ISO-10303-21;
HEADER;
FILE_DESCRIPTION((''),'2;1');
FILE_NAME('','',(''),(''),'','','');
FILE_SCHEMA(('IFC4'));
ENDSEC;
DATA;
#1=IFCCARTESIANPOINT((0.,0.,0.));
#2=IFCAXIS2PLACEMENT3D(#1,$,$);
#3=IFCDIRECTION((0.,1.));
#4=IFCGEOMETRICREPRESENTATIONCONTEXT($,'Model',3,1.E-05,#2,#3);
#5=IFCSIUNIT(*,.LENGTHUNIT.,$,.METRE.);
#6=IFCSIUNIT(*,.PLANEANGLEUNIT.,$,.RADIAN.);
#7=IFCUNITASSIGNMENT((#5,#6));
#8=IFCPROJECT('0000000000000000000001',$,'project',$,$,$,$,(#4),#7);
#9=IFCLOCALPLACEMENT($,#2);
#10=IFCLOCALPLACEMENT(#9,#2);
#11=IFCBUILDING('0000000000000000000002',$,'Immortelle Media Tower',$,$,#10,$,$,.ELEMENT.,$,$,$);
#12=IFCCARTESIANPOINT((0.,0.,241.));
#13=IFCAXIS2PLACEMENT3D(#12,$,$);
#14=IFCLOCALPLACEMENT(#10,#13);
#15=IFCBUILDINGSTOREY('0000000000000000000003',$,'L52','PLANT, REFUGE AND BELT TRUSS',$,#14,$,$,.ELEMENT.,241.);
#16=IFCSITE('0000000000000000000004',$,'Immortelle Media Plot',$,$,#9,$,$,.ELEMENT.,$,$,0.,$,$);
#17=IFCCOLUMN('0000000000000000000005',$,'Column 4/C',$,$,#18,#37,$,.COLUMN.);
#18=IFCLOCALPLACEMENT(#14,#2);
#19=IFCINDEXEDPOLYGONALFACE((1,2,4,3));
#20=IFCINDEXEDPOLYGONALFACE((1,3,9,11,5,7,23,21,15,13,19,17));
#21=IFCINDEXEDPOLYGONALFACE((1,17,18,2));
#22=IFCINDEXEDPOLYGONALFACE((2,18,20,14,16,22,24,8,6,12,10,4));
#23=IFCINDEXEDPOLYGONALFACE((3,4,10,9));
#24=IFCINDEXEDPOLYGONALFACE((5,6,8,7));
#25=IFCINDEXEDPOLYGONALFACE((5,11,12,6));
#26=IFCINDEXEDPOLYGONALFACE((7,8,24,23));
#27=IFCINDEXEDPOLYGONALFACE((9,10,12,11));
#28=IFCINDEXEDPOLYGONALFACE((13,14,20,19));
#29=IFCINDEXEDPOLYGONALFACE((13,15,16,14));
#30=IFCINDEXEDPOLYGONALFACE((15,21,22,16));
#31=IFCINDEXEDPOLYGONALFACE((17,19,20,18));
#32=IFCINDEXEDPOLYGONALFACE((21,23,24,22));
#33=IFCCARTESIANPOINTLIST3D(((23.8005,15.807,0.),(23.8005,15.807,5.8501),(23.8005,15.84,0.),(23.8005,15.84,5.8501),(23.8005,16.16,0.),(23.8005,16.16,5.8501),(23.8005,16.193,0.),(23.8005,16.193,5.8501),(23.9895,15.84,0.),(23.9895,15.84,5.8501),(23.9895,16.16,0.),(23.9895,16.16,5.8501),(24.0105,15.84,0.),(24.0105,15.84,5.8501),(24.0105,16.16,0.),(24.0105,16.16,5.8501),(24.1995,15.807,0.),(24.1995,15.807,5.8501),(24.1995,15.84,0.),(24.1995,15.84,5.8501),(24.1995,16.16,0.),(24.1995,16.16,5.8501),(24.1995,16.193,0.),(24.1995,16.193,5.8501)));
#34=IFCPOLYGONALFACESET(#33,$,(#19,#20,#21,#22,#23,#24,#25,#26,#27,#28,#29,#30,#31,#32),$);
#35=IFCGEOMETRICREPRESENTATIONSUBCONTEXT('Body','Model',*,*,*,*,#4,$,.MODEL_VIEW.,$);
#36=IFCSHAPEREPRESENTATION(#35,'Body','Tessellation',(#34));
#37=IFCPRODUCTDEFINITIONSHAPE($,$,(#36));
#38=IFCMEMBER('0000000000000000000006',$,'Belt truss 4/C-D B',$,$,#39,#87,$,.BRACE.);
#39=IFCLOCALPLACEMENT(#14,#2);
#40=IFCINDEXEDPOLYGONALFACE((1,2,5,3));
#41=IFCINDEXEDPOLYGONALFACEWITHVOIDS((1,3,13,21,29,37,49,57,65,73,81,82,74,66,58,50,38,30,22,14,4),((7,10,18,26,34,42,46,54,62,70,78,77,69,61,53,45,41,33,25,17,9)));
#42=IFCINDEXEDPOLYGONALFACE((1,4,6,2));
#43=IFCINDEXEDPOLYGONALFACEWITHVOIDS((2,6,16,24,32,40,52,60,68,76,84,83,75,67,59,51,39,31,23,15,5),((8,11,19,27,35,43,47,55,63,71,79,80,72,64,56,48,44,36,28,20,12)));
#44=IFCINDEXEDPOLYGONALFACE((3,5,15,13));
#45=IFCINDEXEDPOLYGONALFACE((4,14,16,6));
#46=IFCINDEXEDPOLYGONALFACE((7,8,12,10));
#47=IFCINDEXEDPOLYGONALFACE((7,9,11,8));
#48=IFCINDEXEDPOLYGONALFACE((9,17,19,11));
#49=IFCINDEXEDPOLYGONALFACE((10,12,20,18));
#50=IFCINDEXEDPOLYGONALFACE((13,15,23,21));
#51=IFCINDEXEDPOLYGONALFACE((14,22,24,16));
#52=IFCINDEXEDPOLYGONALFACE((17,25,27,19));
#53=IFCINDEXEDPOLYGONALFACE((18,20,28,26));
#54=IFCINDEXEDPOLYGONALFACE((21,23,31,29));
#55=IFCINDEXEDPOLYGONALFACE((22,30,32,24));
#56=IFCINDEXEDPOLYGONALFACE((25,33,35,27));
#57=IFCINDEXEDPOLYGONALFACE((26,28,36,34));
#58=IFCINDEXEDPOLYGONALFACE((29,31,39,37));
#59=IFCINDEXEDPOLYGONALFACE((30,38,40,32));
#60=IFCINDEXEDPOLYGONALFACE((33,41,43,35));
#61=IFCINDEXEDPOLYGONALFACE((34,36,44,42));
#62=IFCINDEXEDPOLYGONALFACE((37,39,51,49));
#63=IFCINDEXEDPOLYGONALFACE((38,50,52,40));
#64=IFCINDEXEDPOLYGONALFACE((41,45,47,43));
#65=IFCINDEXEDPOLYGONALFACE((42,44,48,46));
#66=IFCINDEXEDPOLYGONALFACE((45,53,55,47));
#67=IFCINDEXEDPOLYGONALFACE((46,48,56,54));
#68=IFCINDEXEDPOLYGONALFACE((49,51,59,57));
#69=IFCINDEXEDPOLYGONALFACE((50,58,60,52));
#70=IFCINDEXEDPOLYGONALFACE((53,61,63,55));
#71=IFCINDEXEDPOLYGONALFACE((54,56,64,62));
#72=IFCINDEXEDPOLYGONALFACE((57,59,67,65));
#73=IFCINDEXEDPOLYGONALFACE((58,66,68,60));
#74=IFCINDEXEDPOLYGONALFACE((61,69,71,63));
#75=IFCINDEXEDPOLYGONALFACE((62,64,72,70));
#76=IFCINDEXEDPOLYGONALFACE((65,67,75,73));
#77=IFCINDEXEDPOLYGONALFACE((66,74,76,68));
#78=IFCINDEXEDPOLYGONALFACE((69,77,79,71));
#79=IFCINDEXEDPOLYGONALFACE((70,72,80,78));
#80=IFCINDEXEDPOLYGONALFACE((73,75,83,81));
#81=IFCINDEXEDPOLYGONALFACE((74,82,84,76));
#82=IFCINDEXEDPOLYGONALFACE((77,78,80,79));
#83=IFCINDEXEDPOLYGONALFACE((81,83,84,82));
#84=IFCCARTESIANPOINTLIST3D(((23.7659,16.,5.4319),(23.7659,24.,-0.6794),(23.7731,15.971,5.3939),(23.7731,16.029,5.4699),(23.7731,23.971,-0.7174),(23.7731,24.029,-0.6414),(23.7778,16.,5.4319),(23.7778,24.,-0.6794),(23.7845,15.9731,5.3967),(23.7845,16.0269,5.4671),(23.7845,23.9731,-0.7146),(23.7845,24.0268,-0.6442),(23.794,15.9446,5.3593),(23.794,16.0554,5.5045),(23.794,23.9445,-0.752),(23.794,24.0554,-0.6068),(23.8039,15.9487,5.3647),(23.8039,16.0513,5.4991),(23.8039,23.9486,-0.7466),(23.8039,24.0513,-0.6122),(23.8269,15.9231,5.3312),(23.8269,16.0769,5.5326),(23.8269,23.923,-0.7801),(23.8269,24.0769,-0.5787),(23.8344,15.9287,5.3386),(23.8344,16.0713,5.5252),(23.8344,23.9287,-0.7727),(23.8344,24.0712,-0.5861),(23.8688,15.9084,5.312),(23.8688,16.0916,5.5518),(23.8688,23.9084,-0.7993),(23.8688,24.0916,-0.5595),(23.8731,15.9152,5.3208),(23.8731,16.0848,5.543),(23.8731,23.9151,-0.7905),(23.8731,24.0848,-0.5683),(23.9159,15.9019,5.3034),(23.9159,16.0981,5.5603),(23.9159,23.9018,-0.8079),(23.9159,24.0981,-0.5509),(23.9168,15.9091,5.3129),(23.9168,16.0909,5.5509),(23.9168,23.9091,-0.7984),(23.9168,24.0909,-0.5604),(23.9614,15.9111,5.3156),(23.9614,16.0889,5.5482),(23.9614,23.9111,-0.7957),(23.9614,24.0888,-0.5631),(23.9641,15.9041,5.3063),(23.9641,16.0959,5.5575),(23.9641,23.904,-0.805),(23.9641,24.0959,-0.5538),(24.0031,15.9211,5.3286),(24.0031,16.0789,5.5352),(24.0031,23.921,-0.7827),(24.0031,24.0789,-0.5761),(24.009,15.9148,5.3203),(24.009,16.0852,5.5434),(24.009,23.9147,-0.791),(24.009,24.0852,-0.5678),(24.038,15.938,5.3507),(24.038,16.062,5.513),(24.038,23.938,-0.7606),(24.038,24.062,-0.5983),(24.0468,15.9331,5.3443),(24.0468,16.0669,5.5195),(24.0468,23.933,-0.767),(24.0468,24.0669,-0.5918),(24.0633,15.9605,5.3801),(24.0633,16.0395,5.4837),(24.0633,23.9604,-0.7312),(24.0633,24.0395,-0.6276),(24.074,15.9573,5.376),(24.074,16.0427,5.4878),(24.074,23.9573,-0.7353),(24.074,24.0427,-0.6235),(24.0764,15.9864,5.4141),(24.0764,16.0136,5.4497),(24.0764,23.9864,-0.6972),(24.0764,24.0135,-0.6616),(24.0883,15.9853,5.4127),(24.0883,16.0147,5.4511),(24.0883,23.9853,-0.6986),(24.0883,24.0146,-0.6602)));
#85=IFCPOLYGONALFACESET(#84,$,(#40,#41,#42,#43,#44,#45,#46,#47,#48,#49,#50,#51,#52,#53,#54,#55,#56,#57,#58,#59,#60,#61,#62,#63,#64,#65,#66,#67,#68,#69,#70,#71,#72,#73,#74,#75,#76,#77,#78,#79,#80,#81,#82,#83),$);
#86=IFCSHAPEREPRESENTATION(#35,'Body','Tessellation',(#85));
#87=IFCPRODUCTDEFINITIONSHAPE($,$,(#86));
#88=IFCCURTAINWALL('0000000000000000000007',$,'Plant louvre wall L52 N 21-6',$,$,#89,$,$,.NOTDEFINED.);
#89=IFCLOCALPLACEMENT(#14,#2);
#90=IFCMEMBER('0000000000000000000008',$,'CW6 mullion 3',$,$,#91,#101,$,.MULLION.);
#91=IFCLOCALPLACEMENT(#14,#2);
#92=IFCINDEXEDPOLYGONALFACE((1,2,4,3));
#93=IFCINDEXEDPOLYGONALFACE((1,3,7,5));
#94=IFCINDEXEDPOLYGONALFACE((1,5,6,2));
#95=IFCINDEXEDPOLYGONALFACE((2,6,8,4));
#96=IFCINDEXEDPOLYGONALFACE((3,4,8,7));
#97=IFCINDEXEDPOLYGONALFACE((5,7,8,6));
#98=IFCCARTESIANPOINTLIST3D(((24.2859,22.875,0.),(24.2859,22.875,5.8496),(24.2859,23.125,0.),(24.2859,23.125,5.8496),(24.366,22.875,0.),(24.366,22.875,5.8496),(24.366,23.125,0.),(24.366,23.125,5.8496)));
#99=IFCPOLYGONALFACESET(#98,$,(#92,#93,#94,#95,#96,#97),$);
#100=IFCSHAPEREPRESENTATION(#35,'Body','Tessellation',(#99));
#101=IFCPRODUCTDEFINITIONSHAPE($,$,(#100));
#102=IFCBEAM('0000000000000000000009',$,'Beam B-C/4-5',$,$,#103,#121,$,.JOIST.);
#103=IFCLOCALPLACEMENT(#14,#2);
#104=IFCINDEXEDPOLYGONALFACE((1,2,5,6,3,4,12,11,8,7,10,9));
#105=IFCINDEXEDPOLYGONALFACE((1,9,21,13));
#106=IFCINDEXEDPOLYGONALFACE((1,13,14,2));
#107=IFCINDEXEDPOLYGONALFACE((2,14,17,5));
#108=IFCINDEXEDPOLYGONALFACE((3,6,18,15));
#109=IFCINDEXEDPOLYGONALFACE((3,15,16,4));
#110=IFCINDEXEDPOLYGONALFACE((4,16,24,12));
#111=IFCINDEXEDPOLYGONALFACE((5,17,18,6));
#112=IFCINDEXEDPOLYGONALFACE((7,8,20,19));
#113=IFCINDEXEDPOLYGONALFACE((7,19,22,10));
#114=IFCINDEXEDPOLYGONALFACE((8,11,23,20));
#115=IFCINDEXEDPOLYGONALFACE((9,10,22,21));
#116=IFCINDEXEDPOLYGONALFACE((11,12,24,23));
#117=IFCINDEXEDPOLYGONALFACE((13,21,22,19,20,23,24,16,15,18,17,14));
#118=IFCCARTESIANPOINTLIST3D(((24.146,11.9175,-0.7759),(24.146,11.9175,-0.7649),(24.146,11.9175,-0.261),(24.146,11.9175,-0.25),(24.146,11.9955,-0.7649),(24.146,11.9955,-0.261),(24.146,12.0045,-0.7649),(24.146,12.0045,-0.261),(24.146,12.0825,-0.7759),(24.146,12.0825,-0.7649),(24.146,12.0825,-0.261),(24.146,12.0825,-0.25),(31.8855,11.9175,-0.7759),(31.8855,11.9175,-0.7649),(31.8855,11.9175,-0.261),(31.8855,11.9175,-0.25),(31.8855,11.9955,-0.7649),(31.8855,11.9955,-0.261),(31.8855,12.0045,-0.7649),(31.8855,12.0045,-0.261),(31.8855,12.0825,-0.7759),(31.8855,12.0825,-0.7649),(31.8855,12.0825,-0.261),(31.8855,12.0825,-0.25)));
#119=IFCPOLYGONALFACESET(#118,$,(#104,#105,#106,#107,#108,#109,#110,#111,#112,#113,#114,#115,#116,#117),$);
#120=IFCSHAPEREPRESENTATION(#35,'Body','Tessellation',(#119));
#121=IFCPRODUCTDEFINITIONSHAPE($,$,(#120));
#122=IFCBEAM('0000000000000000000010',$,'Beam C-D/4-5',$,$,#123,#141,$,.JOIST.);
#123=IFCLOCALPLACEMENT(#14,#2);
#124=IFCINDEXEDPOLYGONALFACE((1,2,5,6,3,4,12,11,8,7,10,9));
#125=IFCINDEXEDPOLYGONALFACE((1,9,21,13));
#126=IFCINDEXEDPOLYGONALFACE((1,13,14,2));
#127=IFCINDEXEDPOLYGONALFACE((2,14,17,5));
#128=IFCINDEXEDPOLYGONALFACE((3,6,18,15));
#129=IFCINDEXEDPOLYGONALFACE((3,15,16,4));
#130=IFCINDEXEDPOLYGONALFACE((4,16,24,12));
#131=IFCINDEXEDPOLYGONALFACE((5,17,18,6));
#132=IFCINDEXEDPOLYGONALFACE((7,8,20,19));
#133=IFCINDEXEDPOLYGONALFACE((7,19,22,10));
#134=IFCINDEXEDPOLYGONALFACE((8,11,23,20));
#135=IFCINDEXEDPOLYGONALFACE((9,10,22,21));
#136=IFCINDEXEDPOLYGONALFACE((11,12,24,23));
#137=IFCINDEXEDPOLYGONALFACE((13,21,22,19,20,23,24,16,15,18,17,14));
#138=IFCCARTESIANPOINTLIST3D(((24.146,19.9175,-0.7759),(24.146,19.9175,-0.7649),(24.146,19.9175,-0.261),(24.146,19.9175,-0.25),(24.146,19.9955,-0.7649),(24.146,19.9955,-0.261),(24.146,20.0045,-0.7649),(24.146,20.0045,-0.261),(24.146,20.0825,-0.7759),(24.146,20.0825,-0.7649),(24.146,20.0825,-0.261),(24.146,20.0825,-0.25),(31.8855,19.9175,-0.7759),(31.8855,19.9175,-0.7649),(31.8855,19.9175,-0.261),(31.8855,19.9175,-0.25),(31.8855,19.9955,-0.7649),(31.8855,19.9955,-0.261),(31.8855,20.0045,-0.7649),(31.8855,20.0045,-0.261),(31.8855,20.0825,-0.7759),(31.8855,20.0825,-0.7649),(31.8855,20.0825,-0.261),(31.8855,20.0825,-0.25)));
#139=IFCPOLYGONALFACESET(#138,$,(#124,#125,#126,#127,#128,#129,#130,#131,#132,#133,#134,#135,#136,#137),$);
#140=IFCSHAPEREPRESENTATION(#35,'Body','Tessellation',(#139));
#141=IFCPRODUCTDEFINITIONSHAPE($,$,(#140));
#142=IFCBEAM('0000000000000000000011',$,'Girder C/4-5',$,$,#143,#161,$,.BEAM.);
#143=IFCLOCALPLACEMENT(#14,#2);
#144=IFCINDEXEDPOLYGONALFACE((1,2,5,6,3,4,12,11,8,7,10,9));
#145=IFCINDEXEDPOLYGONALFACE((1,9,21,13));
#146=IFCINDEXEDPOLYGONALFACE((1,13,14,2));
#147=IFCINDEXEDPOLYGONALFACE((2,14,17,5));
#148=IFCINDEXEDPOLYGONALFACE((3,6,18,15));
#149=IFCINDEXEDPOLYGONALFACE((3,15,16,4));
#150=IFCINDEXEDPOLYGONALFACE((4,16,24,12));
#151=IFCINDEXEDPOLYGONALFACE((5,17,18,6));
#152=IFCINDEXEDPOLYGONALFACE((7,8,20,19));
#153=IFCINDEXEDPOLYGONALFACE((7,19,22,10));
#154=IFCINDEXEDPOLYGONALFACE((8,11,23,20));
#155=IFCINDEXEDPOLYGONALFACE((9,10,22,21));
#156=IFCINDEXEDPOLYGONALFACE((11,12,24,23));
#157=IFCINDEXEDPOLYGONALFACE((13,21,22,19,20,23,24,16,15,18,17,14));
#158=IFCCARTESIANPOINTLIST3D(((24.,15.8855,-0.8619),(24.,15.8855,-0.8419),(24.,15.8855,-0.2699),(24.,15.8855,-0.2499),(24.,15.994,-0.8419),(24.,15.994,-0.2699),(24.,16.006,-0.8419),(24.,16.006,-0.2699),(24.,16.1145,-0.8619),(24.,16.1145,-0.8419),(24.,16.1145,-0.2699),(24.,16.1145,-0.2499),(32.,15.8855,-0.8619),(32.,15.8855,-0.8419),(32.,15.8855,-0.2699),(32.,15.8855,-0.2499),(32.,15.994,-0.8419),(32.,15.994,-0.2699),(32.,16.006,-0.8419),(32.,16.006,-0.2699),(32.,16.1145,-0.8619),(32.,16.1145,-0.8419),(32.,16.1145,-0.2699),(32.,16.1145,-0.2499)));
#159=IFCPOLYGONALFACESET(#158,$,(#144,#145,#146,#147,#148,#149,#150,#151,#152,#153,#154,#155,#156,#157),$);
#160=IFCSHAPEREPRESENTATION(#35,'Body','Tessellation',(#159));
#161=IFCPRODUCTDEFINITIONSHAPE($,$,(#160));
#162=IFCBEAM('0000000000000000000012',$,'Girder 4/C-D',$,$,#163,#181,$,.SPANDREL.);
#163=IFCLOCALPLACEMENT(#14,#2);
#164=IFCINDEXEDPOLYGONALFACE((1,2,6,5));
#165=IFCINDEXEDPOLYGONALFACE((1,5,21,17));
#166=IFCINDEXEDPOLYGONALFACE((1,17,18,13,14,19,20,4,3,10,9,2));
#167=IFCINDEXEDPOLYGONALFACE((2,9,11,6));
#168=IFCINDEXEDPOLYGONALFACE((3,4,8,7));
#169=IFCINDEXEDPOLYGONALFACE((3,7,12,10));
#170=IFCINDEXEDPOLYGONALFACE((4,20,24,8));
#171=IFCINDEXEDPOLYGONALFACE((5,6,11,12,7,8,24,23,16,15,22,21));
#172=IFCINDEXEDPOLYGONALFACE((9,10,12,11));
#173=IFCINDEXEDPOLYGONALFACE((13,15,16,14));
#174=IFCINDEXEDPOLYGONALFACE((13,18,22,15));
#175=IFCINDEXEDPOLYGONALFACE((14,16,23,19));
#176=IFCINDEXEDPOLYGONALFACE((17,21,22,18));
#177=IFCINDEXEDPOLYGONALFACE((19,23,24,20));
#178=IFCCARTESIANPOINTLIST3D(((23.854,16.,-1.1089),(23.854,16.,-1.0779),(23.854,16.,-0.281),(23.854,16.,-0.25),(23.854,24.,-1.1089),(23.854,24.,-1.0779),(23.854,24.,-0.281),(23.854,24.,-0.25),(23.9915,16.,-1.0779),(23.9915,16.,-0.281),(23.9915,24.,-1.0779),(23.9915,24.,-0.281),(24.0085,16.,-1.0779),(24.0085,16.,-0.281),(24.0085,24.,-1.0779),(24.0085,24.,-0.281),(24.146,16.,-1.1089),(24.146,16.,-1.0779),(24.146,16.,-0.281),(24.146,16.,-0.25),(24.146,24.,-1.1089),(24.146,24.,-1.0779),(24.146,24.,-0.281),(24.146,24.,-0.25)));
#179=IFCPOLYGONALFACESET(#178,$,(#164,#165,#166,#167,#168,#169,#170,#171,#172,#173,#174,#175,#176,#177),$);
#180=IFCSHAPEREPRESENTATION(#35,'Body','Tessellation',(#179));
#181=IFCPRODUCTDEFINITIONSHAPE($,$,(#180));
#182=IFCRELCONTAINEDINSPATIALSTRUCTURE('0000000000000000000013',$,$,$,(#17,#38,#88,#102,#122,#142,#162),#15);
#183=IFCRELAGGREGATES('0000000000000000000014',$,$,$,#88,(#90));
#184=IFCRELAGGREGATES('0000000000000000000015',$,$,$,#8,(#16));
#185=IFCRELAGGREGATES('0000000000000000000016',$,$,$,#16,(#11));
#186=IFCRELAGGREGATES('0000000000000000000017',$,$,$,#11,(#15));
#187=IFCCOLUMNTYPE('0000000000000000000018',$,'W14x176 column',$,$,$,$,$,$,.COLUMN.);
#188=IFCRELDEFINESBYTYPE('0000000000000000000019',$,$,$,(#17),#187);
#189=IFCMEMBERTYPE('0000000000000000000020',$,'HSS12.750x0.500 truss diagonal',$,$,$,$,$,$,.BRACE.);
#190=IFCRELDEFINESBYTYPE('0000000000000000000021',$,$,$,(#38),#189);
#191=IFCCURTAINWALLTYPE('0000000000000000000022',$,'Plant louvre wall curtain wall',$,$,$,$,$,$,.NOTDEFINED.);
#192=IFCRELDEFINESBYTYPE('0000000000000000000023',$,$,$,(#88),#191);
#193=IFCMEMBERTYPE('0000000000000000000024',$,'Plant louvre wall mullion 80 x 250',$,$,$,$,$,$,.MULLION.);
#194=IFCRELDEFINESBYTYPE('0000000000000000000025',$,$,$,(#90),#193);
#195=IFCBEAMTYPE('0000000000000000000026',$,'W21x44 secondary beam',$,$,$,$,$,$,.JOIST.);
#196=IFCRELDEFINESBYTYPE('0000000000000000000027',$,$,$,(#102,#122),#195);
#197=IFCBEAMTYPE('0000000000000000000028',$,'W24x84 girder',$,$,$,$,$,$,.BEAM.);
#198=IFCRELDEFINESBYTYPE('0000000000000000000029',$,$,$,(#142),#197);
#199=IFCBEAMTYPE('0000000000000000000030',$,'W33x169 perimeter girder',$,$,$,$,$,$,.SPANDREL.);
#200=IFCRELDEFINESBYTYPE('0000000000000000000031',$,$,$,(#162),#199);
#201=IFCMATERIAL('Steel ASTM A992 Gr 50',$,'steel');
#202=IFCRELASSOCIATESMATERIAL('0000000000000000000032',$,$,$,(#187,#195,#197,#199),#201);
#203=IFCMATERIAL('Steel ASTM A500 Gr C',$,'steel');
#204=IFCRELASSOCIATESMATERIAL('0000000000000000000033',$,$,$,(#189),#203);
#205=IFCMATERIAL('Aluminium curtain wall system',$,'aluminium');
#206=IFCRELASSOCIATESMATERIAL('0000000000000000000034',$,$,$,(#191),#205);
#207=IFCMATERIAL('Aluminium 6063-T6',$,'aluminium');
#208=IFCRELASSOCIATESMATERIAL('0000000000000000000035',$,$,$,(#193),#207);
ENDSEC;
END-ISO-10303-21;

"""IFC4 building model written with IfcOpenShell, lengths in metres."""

from ifc_helpers import new_model, si_unit, direction, frame, origin, origin_2d, place, context, subcontext, project, spatial, rectangle, hollow_circle, i_section, extrude, material, material_profile, profile_set, type_object, element, aggregate, save


model = new_model("IFC4")

# Units and contexts
model_context = context("Model", 3, precision=1e-05, world=origin(), true_north=direction((0.0, 1.0)))
body_context = subcontext(model_context, "Body", "Model", "MODEL_VIEW")
ifc_project = project(units=[si_unit("LENGTHUNIT", "METRE"), si_unit("PLANEANGLEUNIT", "RADIAN")], contexts=[model_context])

# Site, building, storey
site_placement = place(None, origin())
site = spatial("IfcSite", under=ifc_project, at=site_placement, Name="Immortelle Media Plot", CompositionType="ELEMENT", RefElevation=0.0)
building_placement = place(site_placement, origin())
building = spatial("IfcBuilding", under=site, at=building_placement, Name="Immortelle Media Tower", CompositionType="ELEMENT")
storey_placement = place(building_placement, frame((0.0, 0.0, 241.0)))
storey = spatial("IfcBuildingStorey", under=building, at=storey_placement, Name="L52", Description="PLANT, REFUGE AND BELT TRUSS", CompositionType="ELEMENT", Elevation=241.0)

# Column
ifc_material_1 = material(Name="Steel ASTM A992 Gr 50", Category="steel")
ifc_material_profile_1 = material_profile(ifc_material_1, i_section(OverallWidth=0.3989, OverallDepth=0.386, WebThickness=0.021, FlangeThickness=0.033, at=origin_2d()), Name="W14x176")
ifc_profile_set_1 = profile_set([ifc_material_profile_1], Name="Steel ASTM A992 Gr 50")
column_type = type_object("IfcColumnType", Name="W14x176 column", PredefinedType="COLUMN", material=ifc_profile_set_1)
column_placement = place(storey_placement, frame((24.0, 16.0, 0.0), z_axis=(0.0, 0.0, 1.0), x_axis=(1.0, 0.0, 0.0)))
element("IfcColumn", 1, at=column_placement, inside=storey, type_object=column_type, Name="Column 4/C", PredefinedType="COLUMN", context=body_context, shape_type="SweptSolid", body=[
    extrude(i_section(OverallWidth=0.3989, OverallDepth=0.386, WebThickness=0.021, FlangeThickness=0.033, at=origin_2d()), origin(), (0.0, 0.0, 1.0), 5.8501),
])

# Member
ifc_material_2 = material(Name="Steel ASTM A500 Gr C", Category="steel")
ifc_material_profile_2 = material_profile(ifc_material_2, hollow_circle(Radius=0.1621, WallThickness=0.012, at=origin_2d()), Name="HSS12.750x0.500 truss diagonal")
ifc_profile_set_2 = profile_set([ifc_material_profile_2], Name="Steel ASTM A500 Gr C")
member_type_1 = type_object("IfcMemberType", Name="HSS12.750x0.500 truss diagonal", PredefinedType="BRACE", material=ifc_profile_set_2)
member_1_placement = place(storey_placement, frame((23.928, 16.0, 5.4319), z_axis=(0.0, 0.794661, -0.607054), x_axis=(-1.0, 0.0, 0.0)))
element("IfcMember", 2, at=member_1_placement, inside=storey, type_object=member_type_1, Name="Belt truss 4/C-D B", PredefinedType="BRACE", context=body_context, shape_type="SweptSolid", body=[
    extrude(hollow_circle(Radius=0.1621, WallThickness=0.012, at=origin_2d()), origin(), (0.0, 0.0, 1.0), 10.0671),
])

# Curtain wall, member
ifc_material_3 = material(Name="Aluminium curtain wall system", Category="aluminium")
curtain_wall_type = type_object("IfcCurtainWallType", Name="Plant louvre wall curtain wall", PredefinedType="NOTDEFINED", material=ifc_material_3)
curtain_wall_placement = place(storey_placement, origin())
curtain_wall = element("IfcCurtainWall", 3, at=curtain_wall_placement, inside=storey, type_object=curtain_wall_type, Name="Plant louvre wall L52 N 21-6", PredefinedType="NOTDEFINED")
ifc_material_4 = material(Name="Aluminium 6063-T6", Category="aluminium")
ifc_material_profile_3 = material_profile(ifc_material_4, rectangle(XDim=0.25, YDim=0.0801, at=origin_2d()), Name="AL 80x250")
ifc_profile_set_3 = profile_set([ifc_material_profile_3], Name="Aluminium 6063-T6")
member_type_2 = type_object("IfcMemberType", Name="Plant louvre wall mullion 80 x 250", PredefinedType="MULLION", material=ifc_profile_set_3)
member_2_placement = place(storey_placement, frame((24.3259, 23.0, 0.0), z_axis=(0.0, 0.0, 1.0), x_axis=(0.0, -1.0, 0.0)))
member_2 = element("IfcMember", 4, at=member_2_placement, type_object=member_type_2, Name="CW6 mullion 3", PredefinedType="MULLION", context=body_context, shape_type="SweptSolid", body=[
    extrude(rectangle(XDim=0.25, YDim=0.0801, at=origin_2d()), origin(), (0.0, 0.0, 1.0), 5.8496),
])

# Beams
ifc_material_profile_4 = material_profile(ifc_material_1, i_section(OverallWidth=0.165, OverallDepth=0.5259, WebThickness=0.009, FlangeThickness=0.011, at=origin_2d()), Name="W21x44")
ifc_profile_set_4 = profile_set([ifc_material_profile_4], Name="Steel ASTM A992 Gr 50")
beam_type_1 = type_object("IfcBeamType", Name="W21x44 secondary beam", PredefinedType="JOIST", material=ifc_profile_set_4)
for number, where, z_axis, x_axis, name in (
    (5, (24.146, 12.0, -0.5129), (1.0, 0.0, 0.0), (0.0, 1.0, 0.0), "Beam B-C/4-5"),
    (6, (24.146, 20.0, -0.5129), (1.0, 0.0, 0.0), (0.0, 1.0, 0.0), "Beam C-D/4-5"),
):
    element("IfcBeam", number, at=place(storey_placement, frame(where, z_axis=z_axis, x_axis=x_axis)), inside=storey, type_object=beam_type_1, Name=name, PredefinedType="JOIST", context=body_context, shape_type="SweptSolid", body=[
        extrude(i_section(OverallWidth=0.165, OverallDepth=0.5259, WebThickness=0.009, FlangeThickness=0.011, at=origin_2d()), origin(), (0.0, 0.0, 1.0), 7.7395),
    ])
ifc_material_profile_5 = material_profile(ifc_material_1, i_section(OverallWidth=0.229, OverallDepth=0.6121, WebThickness=0.012, FlangeThickness=0.02, at=origin_2d()), Name="W24x84")
ifc_profile_set_5 = profile_set([ifc_material_profile_5], Name="Steel ASTM A992 Gr 50")
beam_type_2 = type_object("IfcBeamType", Name="W24x84 girder", PredefinedType="BEAM", material=ifc_profile_set_5)
beam_1_placement = place(storey_placement, frame((24.0, 16.0, -0.5559), z_axis=(1.0, 0.0, 0.0), x_axis=(0.0, 1.0, 0.0)))
element("IfcBeam", 7, at=beam_1_placement, inside=storey, type_object=beam_type_2, Name="Girder C/4-5", PredefinedType="BEAM", context=body_context, shape_type="SweptSolid", body=[
    extrude(i_section(OverallWidth=0.229, OverallDepth=0.6121, WebThickness=0.012, FlangeThickness=0.02, at=origin_2d()), origin(), (0.0, 0.0, 1.0), 8.0),
])
ifc_material_profile_6 = material_profile(ifc_material_1, i_section(OverallWidth=0.292, OverallDepth=0.8589, WebThickness=0.0171, FlangeThickness=0.031, at=origin_2d()), Name="W33x169")
ifc_profile_set_6 = profile_set([ifc_material_profile_6], Name="Steel ASTM A992 Gr 50")
beam_type_3 = type_object("IfcBeamType", Name="W33x169 perimeter girder", PredefinedType="SPANDREL", material=ifc_profile_set_6)
beam_2_placement = place(storey_placement, frame((24.0, 16.0, -0.6794), z_axis=(0.0, 1.0, 0.0), x_axis=(-1.0, 0.0, 0.0)))
element("IfcBeam", 8, at=beam_2_placement, inside=storey, type_object=beam_type_3, Name="Girder 4/C-D", PredefinedType="SPANDREL", context=body_context, shape_type="SweptSolid", body=[
    extrude(i_section(OverallWidth=0.292, OverallDepth=0.8589, WebThickness=0.0171, FlangeThickness=0.031, at=origin_2d()), origin(), (0.0, 0.0, 1.0), 8.0),
])

aggregate(curtain_wall, [member_2])

save(model, "model.ifc")
